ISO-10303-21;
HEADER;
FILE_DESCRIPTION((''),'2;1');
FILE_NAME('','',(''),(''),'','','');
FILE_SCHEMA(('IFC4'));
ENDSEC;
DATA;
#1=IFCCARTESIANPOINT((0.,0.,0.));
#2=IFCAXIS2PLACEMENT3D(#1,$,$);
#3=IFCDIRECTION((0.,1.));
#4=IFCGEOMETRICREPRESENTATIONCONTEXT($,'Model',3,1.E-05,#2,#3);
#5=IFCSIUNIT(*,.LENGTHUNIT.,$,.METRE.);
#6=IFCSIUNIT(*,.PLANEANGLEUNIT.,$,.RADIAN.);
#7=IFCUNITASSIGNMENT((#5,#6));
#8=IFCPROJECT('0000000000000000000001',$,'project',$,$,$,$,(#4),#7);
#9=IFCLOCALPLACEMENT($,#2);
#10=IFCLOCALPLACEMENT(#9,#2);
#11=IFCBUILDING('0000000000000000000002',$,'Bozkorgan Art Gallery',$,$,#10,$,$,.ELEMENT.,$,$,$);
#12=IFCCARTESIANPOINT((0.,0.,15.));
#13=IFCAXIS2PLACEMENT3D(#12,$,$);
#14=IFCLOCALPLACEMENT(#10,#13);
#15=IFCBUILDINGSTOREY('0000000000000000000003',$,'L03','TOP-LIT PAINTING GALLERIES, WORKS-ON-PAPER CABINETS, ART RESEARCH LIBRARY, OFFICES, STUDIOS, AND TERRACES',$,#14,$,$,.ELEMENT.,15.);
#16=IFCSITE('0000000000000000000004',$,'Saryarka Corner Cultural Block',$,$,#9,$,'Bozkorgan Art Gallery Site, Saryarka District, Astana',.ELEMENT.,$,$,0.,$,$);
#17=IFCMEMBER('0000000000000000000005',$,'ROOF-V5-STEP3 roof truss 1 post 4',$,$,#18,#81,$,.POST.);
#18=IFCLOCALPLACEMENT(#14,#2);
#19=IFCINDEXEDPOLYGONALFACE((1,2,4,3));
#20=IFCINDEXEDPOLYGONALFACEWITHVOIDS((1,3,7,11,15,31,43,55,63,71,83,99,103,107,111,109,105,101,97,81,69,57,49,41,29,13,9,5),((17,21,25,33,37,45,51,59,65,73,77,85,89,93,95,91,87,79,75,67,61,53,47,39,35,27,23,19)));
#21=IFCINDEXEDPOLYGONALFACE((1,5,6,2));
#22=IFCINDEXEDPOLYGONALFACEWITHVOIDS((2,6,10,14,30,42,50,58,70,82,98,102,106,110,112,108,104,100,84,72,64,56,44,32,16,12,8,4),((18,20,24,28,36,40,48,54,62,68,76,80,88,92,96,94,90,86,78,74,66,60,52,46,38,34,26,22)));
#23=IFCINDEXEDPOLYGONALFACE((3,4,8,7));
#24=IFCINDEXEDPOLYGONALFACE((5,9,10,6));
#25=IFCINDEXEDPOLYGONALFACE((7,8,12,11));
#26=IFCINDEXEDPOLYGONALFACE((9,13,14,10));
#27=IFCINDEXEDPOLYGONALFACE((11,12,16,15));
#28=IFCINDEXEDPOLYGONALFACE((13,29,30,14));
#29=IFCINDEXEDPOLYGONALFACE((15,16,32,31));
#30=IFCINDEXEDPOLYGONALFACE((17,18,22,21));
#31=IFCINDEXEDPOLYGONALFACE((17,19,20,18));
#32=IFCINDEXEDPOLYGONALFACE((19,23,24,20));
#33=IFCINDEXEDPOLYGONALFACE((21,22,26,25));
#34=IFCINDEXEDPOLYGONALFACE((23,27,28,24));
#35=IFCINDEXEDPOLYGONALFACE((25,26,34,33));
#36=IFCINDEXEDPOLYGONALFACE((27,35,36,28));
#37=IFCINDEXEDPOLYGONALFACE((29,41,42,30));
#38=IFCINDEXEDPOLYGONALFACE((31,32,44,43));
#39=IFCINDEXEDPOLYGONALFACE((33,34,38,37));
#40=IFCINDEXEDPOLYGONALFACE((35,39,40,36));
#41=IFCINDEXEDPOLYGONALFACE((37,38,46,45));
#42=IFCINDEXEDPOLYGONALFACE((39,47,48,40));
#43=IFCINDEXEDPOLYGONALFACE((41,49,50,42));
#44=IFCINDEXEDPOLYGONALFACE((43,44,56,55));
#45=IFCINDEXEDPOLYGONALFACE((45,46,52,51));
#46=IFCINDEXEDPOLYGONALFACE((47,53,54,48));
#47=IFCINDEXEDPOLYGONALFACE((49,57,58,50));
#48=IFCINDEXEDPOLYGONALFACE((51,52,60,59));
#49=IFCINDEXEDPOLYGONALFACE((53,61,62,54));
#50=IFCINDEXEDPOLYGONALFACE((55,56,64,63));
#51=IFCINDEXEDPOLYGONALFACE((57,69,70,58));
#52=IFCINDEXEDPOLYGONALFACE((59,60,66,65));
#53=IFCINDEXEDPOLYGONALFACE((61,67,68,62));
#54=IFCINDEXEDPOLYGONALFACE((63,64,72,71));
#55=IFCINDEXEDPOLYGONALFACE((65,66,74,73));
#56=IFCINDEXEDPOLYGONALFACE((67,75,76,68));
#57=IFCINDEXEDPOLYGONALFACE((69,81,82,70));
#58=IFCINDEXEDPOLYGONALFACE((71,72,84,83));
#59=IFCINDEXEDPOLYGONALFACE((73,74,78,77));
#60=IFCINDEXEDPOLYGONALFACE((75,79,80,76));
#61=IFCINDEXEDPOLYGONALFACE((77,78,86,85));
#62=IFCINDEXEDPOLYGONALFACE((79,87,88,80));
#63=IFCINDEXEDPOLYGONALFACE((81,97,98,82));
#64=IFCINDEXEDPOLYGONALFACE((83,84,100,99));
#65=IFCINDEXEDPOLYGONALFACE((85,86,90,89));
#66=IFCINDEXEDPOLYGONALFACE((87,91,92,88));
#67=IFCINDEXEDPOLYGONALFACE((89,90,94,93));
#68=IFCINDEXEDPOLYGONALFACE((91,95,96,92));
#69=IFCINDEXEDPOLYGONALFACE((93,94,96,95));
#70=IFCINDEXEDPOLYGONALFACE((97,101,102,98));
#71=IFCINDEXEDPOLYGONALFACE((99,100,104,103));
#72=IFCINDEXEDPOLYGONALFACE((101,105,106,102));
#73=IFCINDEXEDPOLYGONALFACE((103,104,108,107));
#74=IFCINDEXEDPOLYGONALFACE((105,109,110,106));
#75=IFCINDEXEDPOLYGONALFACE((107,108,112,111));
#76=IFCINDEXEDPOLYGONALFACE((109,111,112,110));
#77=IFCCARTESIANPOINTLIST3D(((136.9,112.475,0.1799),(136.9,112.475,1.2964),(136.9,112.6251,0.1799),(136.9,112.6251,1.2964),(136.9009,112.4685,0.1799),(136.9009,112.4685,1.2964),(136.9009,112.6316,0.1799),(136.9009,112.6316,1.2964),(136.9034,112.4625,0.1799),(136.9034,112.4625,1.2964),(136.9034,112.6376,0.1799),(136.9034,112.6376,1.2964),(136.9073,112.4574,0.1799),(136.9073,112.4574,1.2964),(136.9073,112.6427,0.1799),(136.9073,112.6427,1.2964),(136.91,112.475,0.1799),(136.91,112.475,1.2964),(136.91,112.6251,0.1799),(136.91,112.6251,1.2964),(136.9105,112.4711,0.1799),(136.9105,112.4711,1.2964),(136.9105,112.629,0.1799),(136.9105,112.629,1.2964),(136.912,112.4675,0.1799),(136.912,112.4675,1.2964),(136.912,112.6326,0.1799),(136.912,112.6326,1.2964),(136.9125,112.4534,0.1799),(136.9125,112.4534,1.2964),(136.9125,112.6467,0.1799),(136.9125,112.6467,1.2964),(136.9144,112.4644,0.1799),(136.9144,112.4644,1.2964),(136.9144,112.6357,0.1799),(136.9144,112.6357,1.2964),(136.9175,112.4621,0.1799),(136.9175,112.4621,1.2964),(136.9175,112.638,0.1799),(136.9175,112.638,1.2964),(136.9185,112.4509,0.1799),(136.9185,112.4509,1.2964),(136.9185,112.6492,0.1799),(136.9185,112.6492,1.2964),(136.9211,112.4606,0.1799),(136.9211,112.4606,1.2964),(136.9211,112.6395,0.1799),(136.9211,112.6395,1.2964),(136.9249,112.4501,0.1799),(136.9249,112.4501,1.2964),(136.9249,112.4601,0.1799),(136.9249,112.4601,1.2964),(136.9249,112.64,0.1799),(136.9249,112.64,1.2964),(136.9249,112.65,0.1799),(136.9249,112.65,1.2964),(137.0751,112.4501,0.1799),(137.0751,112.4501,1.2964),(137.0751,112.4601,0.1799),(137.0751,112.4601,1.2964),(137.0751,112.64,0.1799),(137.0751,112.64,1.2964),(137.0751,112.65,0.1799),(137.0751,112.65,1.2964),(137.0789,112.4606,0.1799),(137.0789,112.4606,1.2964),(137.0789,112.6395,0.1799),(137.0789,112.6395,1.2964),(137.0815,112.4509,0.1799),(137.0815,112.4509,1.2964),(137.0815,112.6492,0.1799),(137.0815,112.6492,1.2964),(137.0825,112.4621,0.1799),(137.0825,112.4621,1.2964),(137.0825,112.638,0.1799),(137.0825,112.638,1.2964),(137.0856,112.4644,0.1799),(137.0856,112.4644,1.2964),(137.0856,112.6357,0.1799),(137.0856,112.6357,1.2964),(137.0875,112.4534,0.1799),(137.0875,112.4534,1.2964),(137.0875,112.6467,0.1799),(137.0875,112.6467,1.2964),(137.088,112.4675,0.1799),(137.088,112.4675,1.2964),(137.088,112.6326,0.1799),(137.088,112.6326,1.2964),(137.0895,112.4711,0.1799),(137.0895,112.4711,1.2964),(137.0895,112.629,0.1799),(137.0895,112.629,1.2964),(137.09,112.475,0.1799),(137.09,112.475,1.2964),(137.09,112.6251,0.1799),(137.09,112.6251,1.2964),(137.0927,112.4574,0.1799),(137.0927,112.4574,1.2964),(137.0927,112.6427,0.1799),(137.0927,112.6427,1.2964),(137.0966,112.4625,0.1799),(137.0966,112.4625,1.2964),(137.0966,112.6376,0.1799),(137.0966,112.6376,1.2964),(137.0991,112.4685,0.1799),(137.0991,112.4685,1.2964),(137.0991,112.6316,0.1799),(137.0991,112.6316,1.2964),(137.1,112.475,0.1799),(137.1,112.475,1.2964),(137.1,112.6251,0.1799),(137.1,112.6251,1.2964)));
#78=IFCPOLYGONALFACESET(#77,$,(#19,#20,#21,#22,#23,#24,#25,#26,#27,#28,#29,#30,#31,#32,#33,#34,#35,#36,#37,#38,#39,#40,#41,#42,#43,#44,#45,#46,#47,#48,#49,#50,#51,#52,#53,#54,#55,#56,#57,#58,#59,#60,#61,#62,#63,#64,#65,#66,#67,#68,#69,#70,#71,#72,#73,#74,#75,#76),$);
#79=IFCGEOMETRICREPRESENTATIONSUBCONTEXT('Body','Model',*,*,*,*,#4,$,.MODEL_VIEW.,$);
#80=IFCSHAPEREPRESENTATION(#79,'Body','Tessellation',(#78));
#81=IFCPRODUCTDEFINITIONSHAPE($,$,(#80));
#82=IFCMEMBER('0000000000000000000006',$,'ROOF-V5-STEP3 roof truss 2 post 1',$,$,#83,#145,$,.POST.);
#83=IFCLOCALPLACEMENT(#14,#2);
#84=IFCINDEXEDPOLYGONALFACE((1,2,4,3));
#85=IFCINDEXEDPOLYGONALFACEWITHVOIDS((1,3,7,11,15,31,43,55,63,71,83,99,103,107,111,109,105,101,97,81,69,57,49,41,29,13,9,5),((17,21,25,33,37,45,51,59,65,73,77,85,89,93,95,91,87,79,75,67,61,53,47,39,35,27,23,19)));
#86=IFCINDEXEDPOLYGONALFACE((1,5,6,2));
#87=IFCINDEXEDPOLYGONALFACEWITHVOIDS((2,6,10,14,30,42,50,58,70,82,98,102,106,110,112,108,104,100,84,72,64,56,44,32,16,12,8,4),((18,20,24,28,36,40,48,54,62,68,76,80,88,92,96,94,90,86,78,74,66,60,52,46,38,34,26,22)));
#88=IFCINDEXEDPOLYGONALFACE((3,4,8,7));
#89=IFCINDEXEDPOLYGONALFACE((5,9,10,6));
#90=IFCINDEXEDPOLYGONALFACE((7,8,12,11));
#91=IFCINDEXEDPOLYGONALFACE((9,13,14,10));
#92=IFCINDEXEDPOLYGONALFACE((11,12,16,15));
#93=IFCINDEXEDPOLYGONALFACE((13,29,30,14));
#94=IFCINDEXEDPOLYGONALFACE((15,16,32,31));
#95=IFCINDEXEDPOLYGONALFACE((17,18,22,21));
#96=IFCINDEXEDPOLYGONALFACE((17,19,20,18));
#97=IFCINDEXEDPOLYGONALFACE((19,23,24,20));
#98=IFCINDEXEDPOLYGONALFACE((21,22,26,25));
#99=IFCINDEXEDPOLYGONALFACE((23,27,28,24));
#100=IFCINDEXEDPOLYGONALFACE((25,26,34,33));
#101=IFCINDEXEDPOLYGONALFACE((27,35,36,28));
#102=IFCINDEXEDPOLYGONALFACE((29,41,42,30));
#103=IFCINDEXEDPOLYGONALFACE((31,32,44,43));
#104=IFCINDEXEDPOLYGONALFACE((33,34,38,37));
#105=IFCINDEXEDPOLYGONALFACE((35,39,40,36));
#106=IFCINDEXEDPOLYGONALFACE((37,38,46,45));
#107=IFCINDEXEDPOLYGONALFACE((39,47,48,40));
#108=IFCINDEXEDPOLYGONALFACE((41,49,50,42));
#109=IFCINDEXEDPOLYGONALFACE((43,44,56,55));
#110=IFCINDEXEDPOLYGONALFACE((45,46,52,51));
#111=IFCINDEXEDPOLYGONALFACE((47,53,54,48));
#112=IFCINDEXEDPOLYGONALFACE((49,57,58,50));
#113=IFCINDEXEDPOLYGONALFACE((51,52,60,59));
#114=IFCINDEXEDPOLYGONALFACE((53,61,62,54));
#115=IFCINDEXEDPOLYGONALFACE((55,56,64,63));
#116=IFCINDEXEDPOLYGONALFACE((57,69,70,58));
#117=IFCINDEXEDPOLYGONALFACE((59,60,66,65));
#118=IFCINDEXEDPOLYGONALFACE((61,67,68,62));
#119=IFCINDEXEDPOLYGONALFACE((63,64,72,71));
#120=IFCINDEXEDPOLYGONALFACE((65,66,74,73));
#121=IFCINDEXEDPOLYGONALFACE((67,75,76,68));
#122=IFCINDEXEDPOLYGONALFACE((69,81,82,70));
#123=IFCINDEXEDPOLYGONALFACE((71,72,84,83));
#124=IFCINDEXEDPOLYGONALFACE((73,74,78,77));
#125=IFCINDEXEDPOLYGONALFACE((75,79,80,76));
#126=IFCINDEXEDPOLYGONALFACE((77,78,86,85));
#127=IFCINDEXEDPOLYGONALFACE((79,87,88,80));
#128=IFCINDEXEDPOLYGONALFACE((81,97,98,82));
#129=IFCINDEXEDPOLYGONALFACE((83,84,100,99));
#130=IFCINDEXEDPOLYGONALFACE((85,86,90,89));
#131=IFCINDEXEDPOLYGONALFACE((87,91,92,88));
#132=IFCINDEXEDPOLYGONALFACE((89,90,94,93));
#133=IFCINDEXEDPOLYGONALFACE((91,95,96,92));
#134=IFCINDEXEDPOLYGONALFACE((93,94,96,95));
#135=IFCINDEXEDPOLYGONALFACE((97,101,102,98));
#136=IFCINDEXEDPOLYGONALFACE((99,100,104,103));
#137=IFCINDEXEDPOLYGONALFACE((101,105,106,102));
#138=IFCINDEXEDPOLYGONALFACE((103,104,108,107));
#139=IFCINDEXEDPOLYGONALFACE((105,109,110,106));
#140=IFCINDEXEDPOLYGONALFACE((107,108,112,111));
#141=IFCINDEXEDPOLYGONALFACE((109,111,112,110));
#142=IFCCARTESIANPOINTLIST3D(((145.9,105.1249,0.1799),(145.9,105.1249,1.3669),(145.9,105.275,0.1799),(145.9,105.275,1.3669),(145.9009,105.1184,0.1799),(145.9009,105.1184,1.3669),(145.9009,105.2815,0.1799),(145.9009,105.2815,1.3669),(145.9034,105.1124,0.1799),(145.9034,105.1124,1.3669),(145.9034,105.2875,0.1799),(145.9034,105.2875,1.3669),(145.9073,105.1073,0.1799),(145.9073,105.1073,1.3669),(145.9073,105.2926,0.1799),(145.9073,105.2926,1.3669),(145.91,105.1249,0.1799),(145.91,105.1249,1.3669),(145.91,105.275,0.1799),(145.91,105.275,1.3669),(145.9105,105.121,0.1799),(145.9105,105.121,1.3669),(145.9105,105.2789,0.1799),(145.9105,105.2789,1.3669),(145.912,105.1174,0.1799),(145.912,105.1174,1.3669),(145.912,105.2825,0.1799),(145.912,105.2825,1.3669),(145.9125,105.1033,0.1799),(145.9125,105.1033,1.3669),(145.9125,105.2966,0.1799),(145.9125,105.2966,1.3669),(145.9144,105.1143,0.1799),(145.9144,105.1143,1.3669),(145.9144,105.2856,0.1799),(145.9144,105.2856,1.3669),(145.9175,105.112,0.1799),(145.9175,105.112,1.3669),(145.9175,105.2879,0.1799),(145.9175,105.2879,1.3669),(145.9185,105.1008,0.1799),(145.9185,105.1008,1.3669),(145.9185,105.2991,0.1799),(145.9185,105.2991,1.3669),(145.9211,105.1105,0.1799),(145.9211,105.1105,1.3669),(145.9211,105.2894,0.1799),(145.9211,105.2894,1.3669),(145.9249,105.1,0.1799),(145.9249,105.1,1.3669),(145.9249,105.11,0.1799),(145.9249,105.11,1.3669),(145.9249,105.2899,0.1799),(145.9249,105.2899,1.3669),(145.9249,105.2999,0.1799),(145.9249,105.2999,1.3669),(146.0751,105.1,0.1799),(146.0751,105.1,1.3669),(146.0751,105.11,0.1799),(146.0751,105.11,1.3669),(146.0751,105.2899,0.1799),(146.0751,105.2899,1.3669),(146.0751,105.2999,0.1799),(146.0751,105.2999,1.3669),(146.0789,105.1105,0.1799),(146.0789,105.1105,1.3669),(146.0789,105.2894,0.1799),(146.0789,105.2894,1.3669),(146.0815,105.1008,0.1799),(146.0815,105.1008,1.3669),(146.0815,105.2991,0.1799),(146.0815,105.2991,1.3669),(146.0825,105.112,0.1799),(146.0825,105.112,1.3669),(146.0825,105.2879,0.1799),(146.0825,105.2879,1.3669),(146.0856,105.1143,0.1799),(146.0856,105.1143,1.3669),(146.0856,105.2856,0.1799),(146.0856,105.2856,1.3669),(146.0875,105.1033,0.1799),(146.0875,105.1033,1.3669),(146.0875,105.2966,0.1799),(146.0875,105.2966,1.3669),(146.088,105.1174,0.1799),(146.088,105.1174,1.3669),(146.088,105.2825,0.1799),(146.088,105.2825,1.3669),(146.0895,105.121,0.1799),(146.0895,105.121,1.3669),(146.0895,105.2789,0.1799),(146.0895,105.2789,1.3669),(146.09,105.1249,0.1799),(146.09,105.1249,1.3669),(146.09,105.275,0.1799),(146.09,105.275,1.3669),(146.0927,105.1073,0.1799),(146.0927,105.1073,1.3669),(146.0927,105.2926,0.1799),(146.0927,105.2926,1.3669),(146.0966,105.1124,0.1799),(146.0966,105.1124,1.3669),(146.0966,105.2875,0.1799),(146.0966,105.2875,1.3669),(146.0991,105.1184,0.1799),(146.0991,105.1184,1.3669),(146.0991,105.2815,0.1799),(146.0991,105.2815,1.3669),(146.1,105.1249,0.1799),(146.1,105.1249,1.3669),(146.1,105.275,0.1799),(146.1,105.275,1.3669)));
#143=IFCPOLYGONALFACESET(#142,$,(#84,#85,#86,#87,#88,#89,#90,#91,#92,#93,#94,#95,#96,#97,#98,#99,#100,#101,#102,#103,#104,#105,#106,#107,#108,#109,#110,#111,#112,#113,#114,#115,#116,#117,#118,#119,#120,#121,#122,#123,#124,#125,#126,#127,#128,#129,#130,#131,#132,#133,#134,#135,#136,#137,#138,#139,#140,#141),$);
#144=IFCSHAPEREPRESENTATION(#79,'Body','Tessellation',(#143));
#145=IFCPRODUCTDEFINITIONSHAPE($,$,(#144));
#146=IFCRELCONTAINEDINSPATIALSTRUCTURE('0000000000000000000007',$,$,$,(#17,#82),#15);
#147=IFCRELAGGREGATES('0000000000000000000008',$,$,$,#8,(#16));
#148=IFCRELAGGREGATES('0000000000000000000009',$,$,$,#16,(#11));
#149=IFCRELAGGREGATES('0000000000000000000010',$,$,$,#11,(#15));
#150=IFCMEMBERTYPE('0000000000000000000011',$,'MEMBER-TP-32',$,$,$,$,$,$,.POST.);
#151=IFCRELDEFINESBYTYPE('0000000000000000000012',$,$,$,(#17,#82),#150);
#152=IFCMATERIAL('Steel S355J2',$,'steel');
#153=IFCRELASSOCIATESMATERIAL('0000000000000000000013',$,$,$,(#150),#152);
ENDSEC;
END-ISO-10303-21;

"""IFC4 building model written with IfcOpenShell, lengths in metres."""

from ifc_helpers import new_model, si_unit, direction, frame, origin, origin_2d, place, context, subcontext, project, spatial, hollow_rectangle, extrude, material, material_profile, profile_set, type_object, element, save


model = new_model("IFC4")

# Units and contexts
model_context = context("Model", 3, precision=1e-05, world=origin(), true_north=direction((0.0, 1.0)))
body_context = subcontext(model_context, "Body", "Model", "MODEL_VIEW")
ifc_project = project(units=[si_unit("LENGTHUNIT", "METRE"), si_unit("PLANEANGLEUNIT", "RADIAN")], contexts=[model_context])

# Site, building, storey
site_placement = place(None, origin())
site = spatial("IfcSite", under=ifc_project, at=site_placement, Name="Saryarka Corner Cultural Block", LongName="Bozkorgan Art Gallery Site, Saryarka District, Astana", CompositionType="ELEMENT", RefElevation=0.0)
building_placement = place(site_placement, origin())
building = spatial("IfcBuilding", under=site, at=building_placement, Name="Bozkorgan Art Gallery", CompositionType="ELEMENT")
storey_placement = place(building_placement, frame((0.0, 0.0, 15.0)))
storey = spatial("IfcBuildingStorey", under=building, at=storey_placement, Name="L03", Description="TOP-LIT PAINTING GALLERIES, WORKS-ON-PAPER CABINETS, ART RESEARCH LIBRARY, OFFICES, STUDIOS, AND TERRACES", CompositionType="ELEMENT", Elevation=15.0)

# Shared definitions
ifc_material_1 = material(Name="Steel S355J2", Category="steel")

# Members
ifc_material_profile_1 = material_profile(ifc_material_1, hollow_rectangle(XDim=0.2, YDim=0.2, WallThickness=0.01, InnerFilletRadius=0.0149, OuterFilletRadius=0.0249, at=origin_2d()), Name="SHS 200x200x10")
ifc_profile_set_1 = profile_set([ifc_material_profile_1], Name="Steel S355J2")
member_type_1 = type_object("IfcMemberType", Name="MEMBER-TP-32", PredefinedType="POST", material=ifc_profile_set_1)
member_1_placement = place(storey_placement, frame((137.0, 112.55, 0.1799), z_axis=(0.0, 0.0, 1.0), x_axis=(1.0, 0.0, 0.0)))
element("IfcMember", 1, at=member_1_placement, inside=storey, type_object=member_type_1, Name="ROOF-V5-STEP3 roof truss 1 post 4", PredefinedType="POST", context=body_context, shape_type="SweptSolid", body=[
    extrude(hollow_rectangle(XDim=0.2, YDim=0.2, WallThickness=0.01, InnerFilletRadius=0.0149, OuterFilletRadius=0.0249, at=origin_2d()), origin(), (0.0, 0.0, 1.0), 1.1165),
])
member_2_placement = place(storey_placement, frame((146.0, 105.2, 0.1799), z_axis=(0.0, 0.0, 1.0), x_axis=(1.0, 0.0, 0.0)))
element("IfcMember", 2, at=member_2_placement, inside=storey, type_object=member_type_1, Name="ROOF-V5-STEP3 roof truss 2 post 1", PredefinedType="POST", context=body_context, shape_type="SweptSolid", body=[
    extrude(hollow_rectangle(XDim=0.2, YDim=0.2, WallThickness=0.01, InnerFilletRadius=0.0149, OuterFilletRadius=0.0249, at=origin_2d()), origin(), (0.0, 0.0, 1.0), 1.187),
])

save(model, "model.ifc")
